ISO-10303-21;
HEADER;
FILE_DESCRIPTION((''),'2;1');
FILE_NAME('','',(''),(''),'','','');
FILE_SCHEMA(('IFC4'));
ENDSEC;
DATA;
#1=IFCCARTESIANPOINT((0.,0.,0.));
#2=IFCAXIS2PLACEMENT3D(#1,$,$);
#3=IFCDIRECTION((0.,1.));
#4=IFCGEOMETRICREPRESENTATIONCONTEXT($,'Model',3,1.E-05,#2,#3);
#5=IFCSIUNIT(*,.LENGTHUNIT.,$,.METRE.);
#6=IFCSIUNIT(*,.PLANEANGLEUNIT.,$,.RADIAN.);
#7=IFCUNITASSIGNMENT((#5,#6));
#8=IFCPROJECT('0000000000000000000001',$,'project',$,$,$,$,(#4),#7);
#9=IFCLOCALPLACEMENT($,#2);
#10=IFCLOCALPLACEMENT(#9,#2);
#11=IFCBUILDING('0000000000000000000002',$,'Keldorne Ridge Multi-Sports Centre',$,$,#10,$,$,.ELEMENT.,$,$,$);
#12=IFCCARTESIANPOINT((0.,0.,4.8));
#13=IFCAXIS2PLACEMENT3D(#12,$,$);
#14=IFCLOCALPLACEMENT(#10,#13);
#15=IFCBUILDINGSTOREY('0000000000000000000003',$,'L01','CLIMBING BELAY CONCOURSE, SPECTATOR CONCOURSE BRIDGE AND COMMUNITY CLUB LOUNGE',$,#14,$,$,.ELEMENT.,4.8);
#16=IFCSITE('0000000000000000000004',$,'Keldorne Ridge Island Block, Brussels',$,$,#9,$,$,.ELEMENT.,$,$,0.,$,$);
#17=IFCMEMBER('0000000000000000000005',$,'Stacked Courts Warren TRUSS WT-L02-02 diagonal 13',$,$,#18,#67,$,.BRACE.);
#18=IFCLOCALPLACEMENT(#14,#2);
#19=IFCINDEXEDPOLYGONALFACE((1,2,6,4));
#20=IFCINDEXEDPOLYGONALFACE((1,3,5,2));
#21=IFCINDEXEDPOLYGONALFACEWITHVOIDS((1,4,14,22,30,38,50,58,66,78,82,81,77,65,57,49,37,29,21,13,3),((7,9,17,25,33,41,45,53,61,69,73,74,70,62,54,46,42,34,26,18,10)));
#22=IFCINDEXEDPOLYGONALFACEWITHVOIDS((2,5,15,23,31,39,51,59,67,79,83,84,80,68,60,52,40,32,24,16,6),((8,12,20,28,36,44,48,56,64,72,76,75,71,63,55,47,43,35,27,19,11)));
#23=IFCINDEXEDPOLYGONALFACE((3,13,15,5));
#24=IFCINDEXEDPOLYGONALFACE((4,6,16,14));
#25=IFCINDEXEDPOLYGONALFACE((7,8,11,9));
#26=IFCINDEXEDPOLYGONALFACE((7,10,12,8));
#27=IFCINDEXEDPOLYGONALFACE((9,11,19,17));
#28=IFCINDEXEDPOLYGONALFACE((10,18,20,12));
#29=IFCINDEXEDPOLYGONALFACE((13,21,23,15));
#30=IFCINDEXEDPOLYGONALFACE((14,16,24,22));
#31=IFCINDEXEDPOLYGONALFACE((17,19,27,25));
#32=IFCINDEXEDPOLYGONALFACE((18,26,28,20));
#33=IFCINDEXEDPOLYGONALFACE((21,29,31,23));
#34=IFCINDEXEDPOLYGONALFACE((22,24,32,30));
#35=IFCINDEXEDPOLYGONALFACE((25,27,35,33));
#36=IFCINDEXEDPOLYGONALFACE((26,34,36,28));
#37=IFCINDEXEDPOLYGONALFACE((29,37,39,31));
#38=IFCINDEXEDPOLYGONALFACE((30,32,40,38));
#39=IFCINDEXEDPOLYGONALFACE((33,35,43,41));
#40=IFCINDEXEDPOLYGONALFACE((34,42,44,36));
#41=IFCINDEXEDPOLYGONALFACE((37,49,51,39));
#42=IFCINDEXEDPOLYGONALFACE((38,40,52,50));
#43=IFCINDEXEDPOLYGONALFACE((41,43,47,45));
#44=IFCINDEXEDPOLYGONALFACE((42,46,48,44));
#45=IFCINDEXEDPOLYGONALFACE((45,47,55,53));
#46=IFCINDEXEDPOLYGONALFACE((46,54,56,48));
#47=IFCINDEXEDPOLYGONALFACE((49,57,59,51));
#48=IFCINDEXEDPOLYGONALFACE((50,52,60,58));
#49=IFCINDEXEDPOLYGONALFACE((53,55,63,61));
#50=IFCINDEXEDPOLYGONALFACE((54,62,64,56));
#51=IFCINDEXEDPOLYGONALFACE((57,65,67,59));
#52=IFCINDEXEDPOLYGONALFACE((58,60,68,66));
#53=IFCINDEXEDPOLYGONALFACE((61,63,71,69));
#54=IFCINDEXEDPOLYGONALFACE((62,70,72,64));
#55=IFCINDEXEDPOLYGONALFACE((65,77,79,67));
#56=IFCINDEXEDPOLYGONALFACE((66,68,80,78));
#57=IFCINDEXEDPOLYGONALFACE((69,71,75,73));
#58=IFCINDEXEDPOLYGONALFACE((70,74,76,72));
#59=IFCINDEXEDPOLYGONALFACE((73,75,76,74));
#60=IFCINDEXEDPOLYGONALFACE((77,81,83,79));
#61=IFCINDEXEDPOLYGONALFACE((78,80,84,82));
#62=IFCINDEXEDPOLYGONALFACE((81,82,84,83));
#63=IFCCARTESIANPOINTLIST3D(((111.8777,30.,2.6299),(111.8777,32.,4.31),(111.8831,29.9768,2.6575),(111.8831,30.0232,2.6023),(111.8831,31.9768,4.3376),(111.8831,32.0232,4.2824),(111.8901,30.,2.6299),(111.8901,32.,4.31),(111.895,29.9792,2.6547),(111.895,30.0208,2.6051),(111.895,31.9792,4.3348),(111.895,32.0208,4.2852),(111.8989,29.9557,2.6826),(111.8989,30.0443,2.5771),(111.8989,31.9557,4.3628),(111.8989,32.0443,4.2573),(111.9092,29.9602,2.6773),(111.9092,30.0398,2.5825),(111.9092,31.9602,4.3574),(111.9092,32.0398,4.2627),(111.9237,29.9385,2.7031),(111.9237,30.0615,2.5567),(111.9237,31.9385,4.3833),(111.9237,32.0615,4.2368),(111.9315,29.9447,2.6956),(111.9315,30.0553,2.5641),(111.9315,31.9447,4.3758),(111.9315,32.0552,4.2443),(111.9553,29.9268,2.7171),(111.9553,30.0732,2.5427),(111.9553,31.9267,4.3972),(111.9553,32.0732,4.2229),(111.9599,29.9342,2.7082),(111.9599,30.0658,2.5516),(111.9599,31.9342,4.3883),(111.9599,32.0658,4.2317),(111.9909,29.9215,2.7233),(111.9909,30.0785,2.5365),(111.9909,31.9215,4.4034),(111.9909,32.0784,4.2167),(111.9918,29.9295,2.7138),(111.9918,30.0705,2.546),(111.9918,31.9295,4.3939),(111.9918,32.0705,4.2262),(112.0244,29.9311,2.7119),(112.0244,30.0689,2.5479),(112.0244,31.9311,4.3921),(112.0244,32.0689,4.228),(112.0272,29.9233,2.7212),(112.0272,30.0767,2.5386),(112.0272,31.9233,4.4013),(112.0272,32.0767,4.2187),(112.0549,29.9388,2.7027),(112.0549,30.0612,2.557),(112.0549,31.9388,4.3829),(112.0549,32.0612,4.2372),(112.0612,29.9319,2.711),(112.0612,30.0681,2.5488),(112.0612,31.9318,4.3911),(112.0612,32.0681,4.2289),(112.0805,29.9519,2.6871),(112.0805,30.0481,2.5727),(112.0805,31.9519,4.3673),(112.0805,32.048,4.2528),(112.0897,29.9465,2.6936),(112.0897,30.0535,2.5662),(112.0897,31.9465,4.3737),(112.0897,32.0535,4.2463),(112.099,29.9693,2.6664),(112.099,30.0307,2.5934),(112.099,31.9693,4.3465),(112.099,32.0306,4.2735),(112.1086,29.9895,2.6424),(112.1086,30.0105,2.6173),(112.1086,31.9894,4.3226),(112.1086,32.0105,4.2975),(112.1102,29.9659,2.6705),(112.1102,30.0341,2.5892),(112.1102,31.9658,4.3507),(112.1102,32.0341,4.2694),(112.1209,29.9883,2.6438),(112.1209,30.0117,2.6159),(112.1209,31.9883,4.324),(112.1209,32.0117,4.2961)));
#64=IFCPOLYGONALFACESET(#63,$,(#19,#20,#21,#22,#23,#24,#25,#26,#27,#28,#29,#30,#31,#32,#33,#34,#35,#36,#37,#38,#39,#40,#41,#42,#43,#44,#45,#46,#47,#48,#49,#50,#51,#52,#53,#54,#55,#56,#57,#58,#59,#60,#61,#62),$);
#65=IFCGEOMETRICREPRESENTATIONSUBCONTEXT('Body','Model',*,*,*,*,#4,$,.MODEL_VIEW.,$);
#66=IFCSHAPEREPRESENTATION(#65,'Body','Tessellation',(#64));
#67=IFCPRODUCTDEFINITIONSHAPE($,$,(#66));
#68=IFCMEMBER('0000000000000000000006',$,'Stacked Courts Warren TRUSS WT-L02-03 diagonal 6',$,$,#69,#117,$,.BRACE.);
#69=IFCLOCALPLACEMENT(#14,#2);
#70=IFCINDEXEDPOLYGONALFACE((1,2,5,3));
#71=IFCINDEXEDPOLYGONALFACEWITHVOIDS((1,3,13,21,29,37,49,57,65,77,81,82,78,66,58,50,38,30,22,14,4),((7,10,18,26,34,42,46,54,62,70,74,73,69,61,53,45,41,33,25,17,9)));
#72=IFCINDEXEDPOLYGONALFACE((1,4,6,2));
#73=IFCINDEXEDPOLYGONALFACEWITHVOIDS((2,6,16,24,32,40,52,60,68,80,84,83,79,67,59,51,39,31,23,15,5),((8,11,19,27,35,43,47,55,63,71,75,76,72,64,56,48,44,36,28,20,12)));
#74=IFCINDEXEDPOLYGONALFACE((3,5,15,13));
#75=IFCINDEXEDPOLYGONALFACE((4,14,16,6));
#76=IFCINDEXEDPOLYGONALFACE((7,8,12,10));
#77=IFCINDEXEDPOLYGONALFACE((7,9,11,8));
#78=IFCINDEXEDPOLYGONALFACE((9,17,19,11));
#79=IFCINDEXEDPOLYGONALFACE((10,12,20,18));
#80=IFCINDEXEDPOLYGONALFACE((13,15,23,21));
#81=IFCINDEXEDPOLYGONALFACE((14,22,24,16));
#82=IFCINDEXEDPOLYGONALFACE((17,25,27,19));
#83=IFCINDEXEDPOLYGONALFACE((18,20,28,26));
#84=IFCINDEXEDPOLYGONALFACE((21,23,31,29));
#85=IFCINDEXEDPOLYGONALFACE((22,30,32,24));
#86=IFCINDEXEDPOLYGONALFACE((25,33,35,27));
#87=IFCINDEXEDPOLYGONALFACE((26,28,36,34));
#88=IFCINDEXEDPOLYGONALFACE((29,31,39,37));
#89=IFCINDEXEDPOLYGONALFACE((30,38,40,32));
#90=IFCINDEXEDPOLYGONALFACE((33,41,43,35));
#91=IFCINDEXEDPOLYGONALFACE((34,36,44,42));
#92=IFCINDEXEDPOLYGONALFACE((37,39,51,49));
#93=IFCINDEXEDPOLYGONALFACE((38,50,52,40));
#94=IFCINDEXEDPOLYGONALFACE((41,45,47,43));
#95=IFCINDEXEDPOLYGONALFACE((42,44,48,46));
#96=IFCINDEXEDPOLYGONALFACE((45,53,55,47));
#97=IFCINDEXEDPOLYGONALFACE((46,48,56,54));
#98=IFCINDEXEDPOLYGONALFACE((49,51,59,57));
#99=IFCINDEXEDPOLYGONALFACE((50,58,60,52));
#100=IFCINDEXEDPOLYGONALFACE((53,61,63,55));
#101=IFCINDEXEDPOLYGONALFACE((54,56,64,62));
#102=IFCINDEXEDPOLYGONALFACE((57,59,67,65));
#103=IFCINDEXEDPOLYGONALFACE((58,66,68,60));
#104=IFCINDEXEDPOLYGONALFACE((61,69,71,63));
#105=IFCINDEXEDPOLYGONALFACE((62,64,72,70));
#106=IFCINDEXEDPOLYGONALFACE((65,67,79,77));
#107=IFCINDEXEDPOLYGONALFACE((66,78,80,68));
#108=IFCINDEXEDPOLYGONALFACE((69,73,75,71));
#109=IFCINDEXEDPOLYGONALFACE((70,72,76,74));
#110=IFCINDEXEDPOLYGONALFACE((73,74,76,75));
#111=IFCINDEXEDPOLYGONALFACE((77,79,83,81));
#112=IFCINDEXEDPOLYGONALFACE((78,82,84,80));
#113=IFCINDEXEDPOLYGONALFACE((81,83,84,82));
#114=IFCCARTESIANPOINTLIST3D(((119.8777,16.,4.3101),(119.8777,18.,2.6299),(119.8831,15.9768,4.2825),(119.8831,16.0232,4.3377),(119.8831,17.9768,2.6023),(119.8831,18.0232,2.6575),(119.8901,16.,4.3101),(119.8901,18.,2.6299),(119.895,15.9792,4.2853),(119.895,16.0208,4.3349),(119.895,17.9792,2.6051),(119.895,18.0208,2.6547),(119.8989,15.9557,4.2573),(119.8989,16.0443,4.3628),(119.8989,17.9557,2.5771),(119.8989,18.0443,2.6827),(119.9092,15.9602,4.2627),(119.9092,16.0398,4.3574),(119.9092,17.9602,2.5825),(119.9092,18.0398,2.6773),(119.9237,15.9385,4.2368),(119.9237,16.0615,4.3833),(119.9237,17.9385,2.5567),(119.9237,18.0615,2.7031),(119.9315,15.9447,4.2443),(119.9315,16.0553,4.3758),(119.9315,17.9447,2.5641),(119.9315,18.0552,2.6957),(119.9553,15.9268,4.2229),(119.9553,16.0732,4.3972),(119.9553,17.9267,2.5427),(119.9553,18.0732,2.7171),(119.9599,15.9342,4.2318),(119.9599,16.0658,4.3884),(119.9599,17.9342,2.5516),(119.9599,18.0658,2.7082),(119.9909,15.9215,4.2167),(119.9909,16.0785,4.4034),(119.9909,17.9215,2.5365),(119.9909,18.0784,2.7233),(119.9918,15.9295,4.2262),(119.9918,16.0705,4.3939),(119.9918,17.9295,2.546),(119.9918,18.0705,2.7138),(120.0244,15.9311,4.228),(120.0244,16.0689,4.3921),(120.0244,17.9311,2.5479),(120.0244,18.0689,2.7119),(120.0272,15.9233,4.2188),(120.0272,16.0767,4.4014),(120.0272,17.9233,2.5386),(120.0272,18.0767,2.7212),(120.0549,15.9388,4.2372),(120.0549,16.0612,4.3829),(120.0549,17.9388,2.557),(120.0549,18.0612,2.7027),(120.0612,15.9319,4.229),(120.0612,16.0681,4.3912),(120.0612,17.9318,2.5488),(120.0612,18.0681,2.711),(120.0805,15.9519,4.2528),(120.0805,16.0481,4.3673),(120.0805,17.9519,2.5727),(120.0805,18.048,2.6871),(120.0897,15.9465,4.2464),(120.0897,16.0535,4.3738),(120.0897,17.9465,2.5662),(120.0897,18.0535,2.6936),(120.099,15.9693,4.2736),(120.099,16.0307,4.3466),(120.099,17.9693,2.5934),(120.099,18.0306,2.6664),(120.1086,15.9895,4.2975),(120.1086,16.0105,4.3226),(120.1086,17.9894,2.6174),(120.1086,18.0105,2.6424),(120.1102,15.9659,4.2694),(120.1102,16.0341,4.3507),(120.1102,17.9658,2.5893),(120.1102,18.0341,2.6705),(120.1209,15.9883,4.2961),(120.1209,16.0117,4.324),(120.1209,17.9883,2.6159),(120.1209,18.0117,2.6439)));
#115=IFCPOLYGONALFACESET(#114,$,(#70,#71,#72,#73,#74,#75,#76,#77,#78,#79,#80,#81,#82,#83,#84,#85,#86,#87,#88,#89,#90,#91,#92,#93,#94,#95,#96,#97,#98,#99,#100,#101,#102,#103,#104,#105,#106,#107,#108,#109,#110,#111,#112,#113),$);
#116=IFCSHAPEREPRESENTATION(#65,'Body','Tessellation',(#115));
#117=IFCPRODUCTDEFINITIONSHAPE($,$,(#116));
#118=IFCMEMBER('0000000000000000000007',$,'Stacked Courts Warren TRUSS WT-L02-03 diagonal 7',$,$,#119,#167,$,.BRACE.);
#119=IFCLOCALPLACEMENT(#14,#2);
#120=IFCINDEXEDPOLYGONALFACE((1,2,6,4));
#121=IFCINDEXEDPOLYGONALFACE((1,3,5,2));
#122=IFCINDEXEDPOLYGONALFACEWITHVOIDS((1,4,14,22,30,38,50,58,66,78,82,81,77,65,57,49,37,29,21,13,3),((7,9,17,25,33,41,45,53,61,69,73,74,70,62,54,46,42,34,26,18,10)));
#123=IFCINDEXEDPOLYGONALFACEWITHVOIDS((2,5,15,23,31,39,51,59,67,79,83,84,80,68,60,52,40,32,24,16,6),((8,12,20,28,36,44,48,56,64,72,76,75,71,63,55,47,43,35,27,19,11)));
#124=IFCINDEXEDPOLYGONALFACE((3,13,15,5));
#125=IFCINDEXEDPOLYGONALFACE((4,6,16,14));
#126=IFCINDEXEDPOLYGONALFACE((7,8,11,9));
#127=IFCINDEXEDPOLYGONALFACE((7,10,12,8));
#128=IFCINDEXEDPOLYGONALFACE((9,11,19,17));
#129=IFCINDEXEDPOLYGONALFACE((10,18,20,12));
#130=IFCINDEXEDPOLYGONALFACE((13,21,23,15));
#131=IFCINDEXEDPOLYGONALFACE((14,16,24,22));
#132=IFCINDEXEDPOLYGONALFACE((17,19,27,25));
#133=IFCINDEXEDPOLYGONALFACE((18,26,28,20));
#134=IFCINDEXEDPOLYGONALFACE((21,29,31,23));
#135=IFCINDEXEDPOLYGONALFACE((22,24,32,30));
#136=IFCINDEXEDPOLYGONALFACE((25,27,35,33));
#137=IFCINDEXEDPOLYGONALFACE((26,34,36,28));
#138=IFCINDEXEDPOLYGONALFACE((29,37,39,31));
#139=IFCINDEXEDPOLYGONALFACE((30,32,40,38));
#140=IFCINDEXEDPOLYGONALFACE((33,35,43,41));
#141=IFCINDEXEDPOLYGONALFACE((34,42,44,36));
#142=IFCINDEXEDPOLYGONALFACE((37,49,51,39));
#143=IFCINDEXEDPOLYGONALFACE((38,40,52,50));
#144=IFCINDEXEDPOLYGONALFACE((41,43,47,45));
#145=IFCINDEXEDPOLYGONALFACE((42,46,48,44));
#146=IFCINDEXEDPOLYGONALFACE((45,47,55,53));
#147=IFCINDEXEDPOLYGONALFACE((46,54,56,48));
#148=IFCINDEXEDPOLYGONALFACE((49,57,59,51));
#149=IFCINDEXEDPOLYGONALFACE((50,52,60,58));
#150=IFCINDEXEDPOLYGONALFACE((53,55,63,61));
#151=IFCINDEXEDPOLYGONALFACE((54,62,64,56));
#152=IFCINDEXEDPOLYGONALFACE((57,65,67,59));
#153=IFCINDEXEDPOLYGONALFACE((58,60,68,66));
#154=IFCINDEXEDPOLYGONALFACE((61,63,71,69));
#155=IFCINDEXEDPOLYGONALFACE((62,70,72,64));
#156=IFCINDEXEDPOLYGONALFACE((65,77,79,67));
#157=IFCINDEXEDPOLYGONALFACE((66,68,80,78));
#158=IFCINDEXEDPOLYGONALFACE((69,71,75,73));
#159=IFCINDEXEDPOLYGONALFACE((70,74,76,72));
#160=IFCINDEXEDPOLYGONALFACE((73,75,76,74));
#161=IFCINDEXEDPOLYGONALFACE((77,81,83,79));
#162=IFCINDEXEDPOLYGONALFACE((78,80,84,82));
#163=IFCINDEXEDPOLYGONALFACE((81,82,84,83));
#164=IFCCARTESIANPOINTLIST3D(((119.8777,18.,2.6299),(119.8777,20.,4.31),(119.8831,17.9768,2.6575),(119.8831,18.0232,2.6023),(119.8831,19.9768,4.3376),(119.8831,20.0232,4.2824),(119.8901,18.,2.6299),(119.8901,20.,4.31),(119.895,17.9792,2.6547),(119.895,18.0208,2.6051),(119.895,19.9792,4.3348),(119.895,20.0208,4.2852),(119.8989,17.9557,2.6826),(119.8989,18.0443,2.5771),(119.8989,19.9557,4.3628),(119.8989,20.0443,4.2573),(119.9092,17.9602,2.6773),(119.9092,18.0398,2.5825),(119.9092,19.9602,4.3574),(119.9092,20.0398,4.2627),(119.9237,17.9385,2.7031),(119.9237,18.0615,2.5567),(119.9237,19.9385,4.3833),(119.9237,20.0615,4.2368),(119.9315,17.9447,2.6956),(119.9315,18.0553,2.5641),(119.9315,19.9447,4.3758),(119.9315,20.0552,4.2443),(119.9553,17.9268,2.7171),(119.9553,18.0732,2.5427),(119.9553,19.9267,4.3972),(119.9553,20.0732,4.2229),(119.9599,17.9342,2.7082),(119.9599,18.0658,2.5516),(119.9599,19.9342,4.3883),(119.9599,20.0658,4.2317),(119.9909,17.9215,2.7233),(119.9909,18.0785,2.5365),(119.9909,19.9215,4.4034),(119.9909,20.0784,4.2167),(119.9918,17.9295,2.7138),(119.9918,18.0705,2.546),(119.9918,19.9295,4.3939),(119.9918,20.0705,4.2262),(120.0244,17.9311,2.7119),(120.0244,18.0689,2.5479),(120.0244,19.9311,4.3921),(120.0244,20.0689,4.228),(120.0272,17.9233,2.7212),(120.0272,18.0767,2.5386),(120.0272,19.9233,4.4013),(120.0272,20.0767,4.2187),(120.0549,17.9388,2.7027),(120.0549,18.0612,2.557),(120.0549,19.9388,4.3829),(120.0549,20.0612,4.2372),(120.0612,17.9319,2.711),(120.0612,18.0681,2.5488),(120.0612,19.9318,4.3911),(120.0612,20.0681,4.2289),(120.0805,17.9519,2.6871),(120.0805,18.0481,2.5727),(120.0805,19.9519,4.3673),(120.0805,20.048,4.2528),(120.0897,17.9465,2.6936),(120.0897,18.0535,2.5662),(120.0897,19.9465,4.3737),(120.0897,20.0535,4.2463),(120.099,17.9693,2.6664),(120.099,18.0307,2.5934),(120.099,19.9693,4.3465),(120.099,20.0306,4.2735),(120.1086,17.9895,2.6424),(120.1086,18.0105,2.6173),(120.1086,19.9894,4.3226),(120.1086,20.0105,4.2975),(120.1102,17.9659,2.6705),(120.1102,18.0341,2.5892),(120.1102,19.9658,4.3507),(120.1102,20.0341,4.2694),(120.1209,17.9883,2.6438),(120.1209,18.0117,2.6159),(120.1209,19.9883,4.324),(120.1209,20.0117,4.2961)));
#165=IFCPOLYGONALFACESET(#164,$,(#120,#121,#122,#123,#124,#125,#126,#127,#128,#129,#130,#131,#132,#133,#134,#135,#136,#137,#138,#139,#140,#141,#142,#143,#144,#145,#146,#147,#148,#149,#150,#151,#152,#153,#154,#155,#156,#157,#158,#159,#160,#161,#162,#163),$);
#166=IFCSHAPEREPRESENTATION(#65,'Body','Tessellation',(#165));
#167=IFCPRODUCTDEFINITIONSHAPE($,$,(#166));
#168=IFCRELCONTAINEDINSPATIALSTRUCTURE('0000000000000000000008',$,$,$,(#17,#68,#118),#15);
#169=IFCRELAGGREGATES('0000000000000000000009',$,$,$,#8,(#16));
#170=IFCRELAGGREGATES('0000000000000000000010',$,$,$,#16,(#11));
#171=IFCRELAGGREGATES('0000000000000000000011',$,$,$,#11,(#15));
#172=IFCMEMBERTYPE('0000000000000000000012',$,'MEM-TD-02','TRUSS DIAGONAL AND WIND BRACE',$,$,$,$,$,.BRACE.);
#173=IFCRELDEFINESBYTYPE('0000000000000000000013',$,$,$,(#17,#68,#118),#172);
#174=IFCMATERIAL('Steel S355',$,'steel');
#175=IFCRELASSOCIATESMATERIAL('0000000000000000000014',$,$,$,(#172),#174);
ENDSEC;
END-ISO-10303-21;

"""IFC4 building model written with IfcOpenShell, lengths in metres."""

from ifc_helpers import new_model, si_unit, direction, frame, origin, origin_2d, place, context, subcontext, project, spatial, hollow_circle, extrude, material, material_profile, profile_set, type_object, element, save


model = new_model("IFC4")

# Units and contexts
model_context = context("Model", 3, precision=1e-05, world=origin(), true_north=direction((0.0, 1.0)))
body_context = subcontext(model_context, "Body", "Model", "MODEL_VIEW")
ifc_project = project(units=[si_unit("LENGTHUNIT", "METRE"), si_unit("PLANEANGLEUNIT", "RADIAN")], contexts=[model_context])

# Site, building, storey
site_placement = place(None, origin())
site = spatial("IfcSite", under=ifc_project, at=site_placement, Name="Keldorne Ridge Island Block, Brussels", CompositionType="ELEMENT", RefElevation=0.0)
building_placement = place(site_placement, origin())
building = spatial("IfcBuilding", under=site, at=building_placement, Name="Keldorne Ridge Multi-Sports Centre", CompositionType="ELEMENT")
storey_placement = place(building_placement, frame((0.0, 0.0, 4.8)))
storey = spatial("IfcBuildingStorey", under=building, at=storey_placement, Name="L01", Description="CLIMBING BELAY CONCOURSE, SPECTATOR CONCOURSE BRIDGE AND COMMUNITY CLUB LOUNGE", CompositionType="ELEMENT", Elevation=4.8)

# Members
ifc_material = material(Name="Steel S355", Category="steel")
ifc_material_profile_1 = material_profile(ifc_material, hollow_circle(Radius=0.1223, WallThickness=0.0125, at=origin_2d()), Name="CHS 244.5x12.5")
ifc_profile_set_1 = profile_set([ifc_material_profile_1], Name="Steel S355")
member_type_1 = type_object("IfcMemberType", Name="MEM-TD-02", Description="TRUSS DIAGONAL AND WIND BRACE", PredefinedType="BRACE", material=ifc_profile_set_1)
for number, where, z_axis, x_axis, name in (
    (1, (112.0, 30.0, 2.6299), (0.0, 0.765672, 0.643232), (-1.0, 0.0, 0.0), "Stacked Courts Warren TRUSS WT-L02-02 diagonal 13"),
    (2, (120.0, 16.0, 4.3101), (0.0, 0.765672, -0.643232), (-1.0, 0.0, 0.0), "Stacked Courts Warren TRUSS WT-L02-03 diagonal 6"),
    (3, (120.0, 18.0, 2.6299), (0.0, 0.765672, 0.643232), (-1.0, 0.0, 0.0), "Stacked Courts Warren TRUSS WT-L02-03 diagonal 7"),
):
    element("IfcMember", number, at=place(storey_placement, frame(where, z_axis=z_axis, x_axis=x_axis)), inside=storey, type_object=member_type_1, Name=name, PredefinedType="BRACE", context=body_context, shape_type="SweptSolid", body=[
        extrude(hollow_circle(Radius=0.1223, WallThickness=0.0125, at=origin_2d()), origin(), (0.0, 0.0, 1.0), 2.6121),
    ])

save(model, "model.ifc")
